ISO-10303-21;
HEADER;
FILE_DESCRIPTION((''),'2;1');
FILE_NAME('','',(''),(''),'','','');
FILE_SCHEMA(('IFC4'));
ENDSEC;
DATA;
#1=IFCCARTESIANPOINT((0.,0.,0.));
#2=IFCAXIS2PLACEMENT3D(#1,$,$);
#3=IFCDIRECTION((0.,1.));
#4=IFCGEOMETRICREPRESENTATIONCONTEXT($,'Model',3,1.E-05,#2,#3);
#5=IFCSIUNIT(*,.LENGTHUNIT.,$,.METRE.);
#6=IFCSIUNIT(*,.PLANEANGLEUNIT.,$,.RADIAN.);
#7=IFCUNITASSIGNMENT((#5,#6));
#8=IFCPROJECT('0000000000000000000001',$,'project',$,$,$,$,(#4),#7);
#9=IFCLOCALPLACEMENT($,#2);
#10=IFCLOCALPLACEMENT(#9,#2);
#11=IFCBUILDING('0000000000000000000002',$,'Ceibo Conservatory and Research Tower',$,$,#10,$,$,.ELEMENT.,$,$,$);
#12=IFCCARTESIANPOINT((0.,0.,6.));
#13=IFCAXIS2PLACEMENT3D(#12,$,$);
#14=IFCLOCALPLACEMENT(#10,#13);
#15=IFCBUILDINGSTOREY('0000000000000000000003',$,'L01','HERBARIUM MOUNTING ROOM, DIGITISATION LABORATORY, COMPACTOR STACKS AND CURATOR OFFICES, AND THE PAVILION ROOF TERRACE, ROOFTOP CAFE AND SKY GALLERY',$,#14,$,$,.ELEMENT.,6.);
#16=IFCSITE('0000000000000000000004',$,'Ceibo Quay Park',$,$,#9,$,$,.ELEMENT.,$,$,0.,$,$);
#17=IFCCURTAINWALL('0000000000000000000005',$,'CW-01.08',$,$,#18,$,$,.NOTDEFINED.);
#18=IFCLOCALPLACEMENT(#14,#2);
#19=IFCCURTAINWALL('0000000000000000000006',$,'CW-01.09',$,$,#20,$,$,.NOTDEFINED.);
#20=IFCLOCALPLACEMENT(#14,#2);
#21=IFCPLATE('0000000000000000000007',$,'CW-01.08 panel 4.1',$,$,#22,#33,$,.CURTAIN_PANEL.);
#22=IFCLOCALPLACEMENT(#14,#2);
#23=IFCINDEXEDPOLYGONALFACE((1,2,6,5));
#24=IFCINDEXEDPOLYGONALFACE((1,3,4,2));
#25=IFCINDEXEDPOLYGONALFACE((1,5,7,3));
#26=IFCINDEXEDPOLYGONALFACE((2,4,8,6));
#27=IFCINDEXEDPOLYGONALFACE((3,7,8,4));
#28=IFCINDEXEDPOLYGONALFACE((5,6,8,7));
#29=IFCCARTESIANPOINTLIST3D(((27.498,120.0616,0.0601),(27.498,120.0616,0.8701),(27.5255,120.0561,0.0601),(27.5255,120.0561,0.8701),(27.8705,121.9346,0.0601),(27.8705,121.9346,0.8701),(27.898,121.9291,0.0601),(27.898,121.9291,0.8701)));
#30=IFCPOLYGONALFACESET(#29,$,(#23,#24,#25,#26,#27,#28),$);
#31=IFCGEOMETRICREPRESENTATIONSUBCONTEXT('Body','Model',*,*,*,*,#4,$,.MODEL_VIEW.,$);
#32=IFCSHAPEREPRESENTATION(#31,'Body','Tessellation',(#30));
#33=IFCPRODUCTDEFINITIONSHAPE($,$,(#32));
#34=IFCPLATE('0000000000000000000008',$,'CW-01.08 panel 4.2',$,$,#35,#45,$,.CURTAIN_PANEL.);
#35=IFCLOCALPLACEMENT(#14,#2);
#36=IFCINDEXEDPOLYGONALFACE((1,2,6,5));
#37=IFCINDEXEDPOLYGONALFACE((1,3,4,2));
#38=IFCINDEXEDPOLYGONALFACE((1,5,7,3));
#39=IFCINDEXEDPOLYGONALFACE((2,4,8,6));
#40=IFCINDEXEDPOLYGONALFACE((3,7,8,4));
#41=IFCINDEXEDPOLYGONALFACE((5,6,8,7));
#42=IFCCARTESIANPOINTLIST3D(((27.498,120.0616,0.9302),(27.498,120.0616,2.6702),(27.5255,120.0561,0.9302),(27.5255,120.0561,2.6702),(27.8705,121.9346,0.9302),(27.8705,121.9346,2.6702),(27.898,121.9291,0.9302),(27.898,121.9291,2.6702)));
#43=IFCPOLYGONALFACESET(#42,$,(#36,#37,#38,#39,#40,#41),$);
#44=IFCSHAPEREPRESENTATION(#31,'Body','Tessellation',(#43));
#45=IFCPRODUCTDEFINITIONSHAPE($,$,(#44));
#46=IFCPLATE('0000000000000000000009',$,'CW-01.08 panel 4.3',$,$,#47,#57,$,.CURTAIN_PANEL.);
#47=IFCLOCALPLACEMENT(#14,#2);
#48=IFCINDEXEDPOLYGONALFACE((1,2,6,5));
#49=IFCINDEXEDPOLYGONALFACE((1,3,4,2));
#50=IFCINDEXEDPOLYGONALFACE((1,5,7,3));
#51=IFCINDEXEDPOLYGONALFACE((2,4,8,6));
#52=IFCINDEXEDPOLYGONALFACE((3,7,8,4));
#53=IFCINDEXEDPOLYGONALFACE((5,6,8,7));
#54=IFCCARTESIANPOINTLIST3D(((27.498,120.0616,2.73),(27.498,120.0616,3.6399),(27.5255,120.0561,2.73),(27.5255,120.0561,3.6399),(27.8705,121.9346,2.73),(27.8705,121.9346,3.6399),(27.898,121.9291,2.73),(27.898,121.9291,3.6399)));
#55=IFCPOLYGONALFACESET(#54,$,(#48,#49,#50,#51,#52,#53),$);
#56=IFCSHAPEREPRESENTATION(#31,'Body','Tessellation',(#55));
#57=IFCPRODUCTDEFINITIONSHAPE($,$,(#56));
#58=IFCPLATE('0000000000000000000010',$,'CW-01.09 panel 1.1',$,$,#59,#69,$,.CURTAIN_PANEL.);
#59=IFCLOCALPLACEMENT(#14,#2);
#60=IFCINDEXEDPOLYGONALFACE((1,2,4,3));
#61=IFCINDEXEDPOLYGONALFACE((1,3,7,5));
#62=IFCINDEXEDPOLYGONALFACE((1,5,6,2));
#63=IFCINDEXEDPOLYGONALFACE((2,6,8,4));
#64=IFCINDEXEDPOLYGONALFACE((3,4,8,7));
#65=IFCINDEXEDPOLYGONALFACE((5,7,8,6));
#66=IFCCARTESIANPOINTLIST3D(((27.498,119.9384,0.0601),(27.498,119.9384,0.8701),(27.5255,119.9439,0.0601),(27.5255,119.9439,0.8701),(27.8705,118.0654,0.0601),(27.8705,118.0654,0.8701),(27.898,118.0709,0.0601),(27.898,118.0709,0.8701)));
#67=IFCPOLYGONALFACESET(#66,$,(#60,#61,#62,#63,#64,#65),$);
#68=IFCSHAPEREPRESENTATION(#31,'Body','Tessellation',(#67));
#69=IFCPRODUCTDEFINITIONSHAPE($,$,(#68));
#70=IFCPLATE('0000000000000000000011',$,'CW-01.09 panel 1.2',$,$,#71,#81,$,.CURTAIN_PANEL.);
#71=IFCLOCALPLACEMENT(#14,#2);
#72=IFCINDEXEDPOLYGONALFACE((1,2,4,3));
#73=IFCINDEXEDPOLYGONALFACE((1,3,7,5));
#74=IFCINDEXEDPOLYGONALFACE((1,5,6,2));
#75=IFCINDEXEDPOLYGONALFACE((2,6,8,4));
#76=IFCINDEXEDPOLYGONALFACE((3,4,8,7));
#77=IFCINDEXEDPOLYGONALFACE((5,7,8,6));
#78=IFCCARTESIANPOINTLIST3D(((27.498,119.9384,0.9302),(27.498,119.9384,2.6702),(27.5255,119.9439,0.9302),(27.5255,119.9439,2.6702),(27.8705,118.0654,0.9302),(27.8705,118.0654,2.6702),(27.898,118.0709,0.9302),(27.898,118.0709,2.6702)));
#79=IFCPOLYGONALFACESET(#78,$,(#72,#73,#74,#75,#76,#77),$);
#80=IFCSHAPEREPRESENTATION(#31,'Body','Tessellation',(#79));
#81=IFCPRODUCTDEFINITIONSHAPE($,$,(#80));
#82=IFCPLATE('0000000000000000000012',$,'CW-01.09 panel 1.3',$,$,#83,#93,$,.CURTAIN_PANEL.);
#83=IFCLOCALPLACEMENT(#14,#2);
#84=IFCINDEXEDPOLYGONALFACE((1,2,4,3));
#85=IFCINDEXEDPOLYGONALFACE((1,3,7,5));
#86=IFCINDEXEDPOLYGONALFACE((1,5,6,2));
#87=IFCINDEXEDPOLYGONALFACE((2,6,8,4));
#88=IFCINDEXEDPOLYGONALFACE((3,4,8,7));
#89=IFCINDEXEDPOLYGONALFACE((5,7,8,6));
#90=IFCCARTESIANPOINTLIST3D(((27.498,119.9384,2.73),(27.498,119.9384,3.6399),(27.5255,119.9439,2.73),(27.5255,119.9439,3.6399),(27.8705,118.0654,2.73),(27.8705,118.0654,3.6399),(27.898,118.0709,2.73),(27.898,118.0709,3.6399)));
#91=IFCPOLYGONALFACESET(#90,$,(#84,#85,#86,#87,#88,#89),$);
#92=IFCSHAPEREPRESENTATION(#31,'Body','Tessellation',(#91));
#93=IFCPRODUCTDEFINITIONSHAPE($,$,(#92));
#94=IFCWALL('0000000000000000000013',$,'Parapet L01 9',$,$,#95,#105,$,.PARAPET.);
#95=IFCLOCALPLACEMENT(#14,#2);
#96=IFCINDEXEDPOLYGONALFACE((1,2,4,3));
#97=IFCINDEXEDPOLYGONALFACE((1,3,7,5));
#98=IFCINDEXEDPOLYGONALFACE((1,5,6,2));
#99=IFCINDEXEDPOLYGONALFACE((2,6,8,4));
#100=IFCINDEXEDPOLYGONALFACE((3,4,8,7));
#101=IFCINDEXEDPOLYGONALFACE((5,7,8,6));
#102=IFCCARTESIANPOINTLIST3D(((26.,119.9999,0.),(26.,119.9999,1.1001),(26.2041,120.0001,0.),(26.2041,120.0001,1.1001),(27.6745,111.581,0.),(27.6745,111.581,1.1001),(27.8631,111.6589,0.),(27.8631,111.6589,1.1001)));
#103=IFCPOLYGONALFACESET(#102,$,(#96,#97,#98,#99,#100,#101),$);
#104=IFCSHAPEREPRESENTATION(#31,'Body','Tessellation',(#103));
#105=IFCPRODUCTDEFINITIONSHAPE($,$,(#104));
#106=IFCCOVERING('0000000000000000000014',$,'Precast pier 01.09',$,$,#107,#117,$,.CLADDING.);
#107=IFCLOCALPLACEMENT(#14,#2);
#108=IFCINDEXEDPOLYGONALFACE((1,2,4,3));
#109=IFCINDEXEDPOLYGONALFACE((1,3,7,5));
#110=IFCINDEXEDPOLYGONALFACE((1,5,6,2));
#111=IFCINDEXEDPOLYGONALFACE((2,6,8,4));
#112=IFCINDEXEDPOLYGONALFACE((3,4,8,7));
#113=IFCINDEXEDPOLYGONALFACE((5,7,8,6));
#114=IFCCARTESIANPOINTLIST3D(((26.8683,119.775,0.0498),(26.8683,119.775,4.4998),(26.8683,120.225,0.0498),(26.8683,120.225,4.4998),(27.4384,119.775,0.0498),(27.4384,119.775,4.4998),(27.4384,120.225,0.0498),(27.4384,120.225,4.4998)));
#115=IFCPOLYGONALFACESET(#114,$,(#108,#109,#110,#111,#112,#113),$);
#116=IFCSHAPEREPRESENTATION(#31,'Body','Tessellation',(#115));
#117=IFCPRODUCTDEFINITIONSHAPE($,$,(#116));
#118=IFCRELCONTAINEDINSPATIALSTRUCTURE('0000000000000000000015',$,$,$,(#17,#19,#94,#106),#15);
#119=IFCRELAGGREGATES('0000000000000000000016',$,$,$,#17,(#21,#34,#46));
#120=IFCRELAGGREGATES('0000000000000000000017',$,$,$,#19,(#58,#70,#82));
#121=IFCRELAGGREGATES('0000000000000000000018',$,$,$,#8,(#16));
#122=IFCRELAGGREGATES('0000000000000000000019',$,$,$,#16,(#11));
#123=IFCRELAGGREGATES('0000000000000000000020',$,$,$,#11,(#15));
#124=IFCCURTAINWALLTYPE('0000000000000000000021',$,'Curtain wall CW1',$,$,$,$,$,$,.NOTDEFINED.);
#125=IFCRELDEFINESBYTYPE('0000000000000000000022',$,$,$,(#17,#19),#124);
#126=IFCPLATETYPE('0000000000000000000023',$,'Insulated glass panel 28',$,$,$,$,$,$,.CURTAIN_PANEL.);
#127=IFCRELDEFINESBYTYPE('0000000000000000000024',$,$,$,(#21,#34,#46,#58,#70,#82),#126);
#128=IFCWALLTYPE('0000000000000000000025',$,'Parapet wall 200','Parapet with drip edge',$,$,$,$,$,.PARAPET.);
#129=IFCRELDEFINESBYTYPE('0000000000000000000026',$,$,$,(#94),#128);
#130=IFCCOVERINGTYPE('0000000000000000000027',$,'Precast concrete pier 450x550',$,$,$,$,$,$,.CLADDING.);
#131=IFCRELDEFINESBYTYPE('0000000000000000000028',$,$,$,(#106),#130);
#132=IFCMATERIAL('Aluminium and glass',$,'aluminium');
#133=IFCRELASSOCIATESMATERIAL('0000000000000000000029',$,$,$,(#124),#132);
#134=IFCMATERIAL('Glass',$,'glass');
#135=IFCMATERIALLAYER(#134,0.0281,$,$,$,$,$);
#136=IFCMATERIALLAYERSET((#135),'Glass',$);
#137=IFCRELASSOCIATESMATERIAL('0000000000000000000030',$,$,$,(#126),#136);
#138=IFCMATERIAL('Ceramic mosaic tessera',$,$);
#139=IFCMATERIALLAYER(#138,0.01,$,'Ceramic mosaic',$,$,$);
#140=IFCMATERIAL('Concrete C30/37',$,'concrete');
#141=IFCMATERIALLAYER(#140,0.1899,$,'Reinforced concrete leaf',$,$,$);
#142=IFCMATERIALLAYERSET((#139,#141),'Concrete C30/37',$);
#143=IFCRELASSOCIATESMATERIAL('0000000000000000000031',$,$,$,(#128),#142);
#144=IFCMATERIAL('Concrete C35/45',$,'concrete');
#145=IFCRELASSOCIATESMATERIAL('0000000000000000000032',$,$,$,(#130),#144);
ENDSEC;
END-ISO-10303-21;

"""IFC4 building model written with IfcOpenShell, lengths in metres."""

from ifc_helpers import new_model, si_unit, direction, frame, origin, origin_2d, place, context, subcontext, project, spatial, polyline, rectangle, outline, extrude, material, layer, layer_set, type_object, element, aggregate, save


model = new_model("IFC4")

# Units and contexts
model_context = context("Model", 3, precision=1e-05, world=origin(), true_north=direction((0.0, 1.0)))
body_context = subcontext(model_context, "Body", "Model", "MODEL_VIEW")
ifc_project = project(units=[si_unit("LENGTHUNIT", "METRE"), si_unit("PLANEANGLEUNIT", "RADIAN")], contexts=[model_context])

# Site, building, storey
site_placement = place(None, origin())
site = spatial("IfcSite", under=ifc_project, at=site_placement, Name="Ceibo Quay Park", CompositionType="ELEMENT", RefElevation=0.0)
building_placement = place(site_placement, origin())
building = spatial("IfcBuilding", under=site, at=building_placement, Name="Ceibo Conservatory and Research Tower", CompositionType="ELEMENT")
storey_placement = place(building_placement, frame((0.0, 0.0, 6.0)))
storey = spatial("IfcBuildingStorey", under=building, at=storey_placement, Name="L01", Description="HERBARIUM MOUNTING ROOM, DIGITISATION LABORATORY, COMPACTOR STACKS AND CURATOR OFFICES, AND THE PAVILION ROOF TERRACE, ROOFTOP CAFE AND SKY GALLERY", CompositionType="ELEMENT", Elevation=6.0)

# Curtain wall
ifc_material_1 = material(Name="Aluminium and glass", Category="aluminium")
curtain_wall_type = type_object("IfcCurtainWallType", Name="Curtain wall CW1", PredefinedType="NOTDEFINED", material=ifc_material_1)
curtain_wall_1_placement = place(storey_placement, origin())
curtain_wall_1 = element("IfcCurtainWall", 1, at=curtain_wall_1_placement, inside=storey, type_object=curtain_wall_type, Name="CW-01.08", PredefinedType="NOTDEFINED")

# Curtain wall
curtain_wall_2_placement = place(storey_placement, origin())
curtain_wall_2 = element("IfcCurtainWall", 2, at=curtain_wall_2_placement, inside=storey, type_object=curtain_wall_type, Name="CW-01.09", PredefinedType="NOTDEFINED")

# Shared definitions
ifc_material_2 = material(Name="Concrete C35/45", Category="concrete")

# Plates
ifc_material_3 = material(Name="Glass", Category="glass")
ifc_layer_1 = layer(ifc_material_3, 0.0281)
ifc_layer_set_1 = layer_set([ifc_layer_1], Name="Glass")
plate_type = type_object("IfcPlateType", Name="Insulated glass panel 28", PredefinedType="CURTAIN_PANEL", material=ifc_layer_set_1)
plate_1_placement = place(storey_placement, frame((27.698, 120.9954, 0.0601), z_axis=(0.0, 0.0, 1.0), x_axis=(-0.19509, -0.980785, 0.0)))
plate_1 = element("IfcPlate", 3, at=plate_1_placement, type_object=plate_type, Name="CW-01.08 panel 4.1", PredefinedType="CURTAIN_PANEL", context=body_context, shape_type="SweptSolid", body=[
    extrude(rectangle(XDim=1.9097, YDim=0.0281, at=origin_2d()), origin(), (0.0, 0.0, 1.0), 0.8101),
])
plate_2_placement = place(storey_placement, frame((27.698, 120.9954, 0.9302), z_axis=(0.0, 0.0, 1.0), x_axis=(-0.19509, -0.980785, 0.0)))
plate_2 = element("IfcPlate", 4, at=plate_2_placement, type_object=plate_type, Name="CW-01.08 panel 4.2", PredefinedType="CURTAIN_PANEL", context=body_context, shape_type="SweptSolid", body=[
    extrude(rectangle(XDim=1.9097, YDim=0.0281, at=origin_2d()), origin(), (0.0, 0.0, 1.0), 1.74),
])
plate_3_placement = place(storey_placement, frame((27.698, 120.9954, 2.73), z_axis=(0.0, 0.0, 1.0), x_axis=(-0.19509, -0.980785, 0.0)))
plate_3 = element("IfcPlate", 5, at=plate_3_placement, type_object=plate_type, Name="CW-01.08 panel 4.3", PredefinedType="CURTAIN_PANEL", context=body_context, shape_type="SweptSolid", body=[
    extrude(rectangle(XDim=1.9097, YDim=0.0281, at=origin_2d()), origin(), (0.0, 0.0, 1.0), 0.9099),
])
aggregate(curtain_wall_1, [plate_1, plate_2, plate_3])
plate_4_placement = place(storey_placement, frame((27.698, 119.0046, 0.0601), z_axis=(0.0, 0.0, 1.0), x_axis=(0.19509, -0.980785, 0.0)))
plate_4 = element("IfcPlate", 6, at=plate_4_placement, type_object=plate_type, Name="CW-01.09 panel 1.1", PredefinedType="CURTAIN_PANEL", context=body_context, shape_type="SweptSolid", body=[
    extrude(rectangle(XDim=1.9097, YDim=0.0281, at=origin_2d()), origin(), (0.0, 0.0, 1.0), 0.8101),
])
plate_5_placement = place(storey_placement, frame((27.698, 119.0046, 0.9302), z_axis=(0.0, 0.0, 1.0), x_axis=(0.19509, -0.980785, 0.0)))
plate_5 = element("IfcPlate", 7, at=plate_5_placement, type_object=plate_type, Name="CW-01.09 panel 1.2", PredefinedType="CURTAIN_PANEL", context=body_context, shape_type="SweptSolid", body=[
    extrude(rectangle(XDim=1.9097, YDim=0.0281, at=origin_2d()), origin(), (0.0, 0.0, 1.0), 1.74),
])
plate_6_placement = place(storey_placement, frame((27.698, 119.0046, 2.73), z_axis=(0.0, 0.0, 1.0), x_axis=(0.19509, -0.980785, 0.0)))
plate_6 = element("IfcPlate", 8, at=plate_6_placement, type_object=plate_type, Name="CW-01.09 panel 1.3", PredefinedType="CURTAIN_PANEL", context=body_context, shape_type="SweptSolid", body=[
    extrude(rectangle(XDim=1.9097, YDim=0.0281, at=origin_2d()), origin(), (0.0, 0.0, 1.0), 0.9099),
])
aggregate(curtain_wall_2, [plate_4, plate_5, plate_6])

# Wall
ifc_material_4 = material(Name="Ceramic mosaic tessera")
ifc_layer_2 = layer(ifc_material_4, 0.01, Name="Ceramic mosaic")
ifc_material_5 = material(Name="Concrete C30/37", Category="concrete")
ifc_layer_3 = layer(ifc_material_5, 0.1899, Name="Reinforced concrete leaf")
ifc_layer_set_2 = layer_set([ifc_layer_2, ifc_layer_3], Name="Concrete C30/37")
wall_type = type_object("IfcWallType", Name="Parapet wall 200", Description="Parapet with drip edge", PredefinedType="PARAPET", material=ifc_layer_set_2)
wall_placement = place(storey_placement, frame((26.1021, 120.0, 0.0), z_axis=(0.0, 0.0, 1.0), x_axis=(0.195072, -0.980789, 0.0)))
element("IfcWall", 9, at=wall_placement, inside=storey, type_object=wall_type, Name="Parapet L01 9", PredefinedType="PARAPET", context=body_context, shape_type="SweptSolid", body=[
    extrude(outline(polyline([(-0.0198, -0.1001), (8.564, -0.1001), (8.5244, 0.1001), (0.0198, 0.1001), (-0.0198, -0.1001)])), origin(), (0.0, 0.0, 1.0), 1.1001),
])

# Covering
covering_type = type_object("IfcCoveringType", Name="Precast concrete pier 450x550", PredefinedType="CLADDING", material=ifc_material_2)
covering_placement = place(storey_placement, frame((27.1533, 120.0, 0.0498), z_axis=(0.0, 0.0, 1.0), x_axis=(-1.0, 0.0, 0.0)))
element("IfcCovering", 10, at=covering_placement, inside=storey, type_object=covering_type, Name="Precast pier 01.09", PredefinedType="CLADDING", context=body_context, shape_type="SweptSolid", body=[
    extrude(rectangle(XDim=0.5701, YDim=0.45, at=origin_2d()), origin(), (0.0, 0.0, 1.0), 4.45),
])

save(model, "model.ifc")
